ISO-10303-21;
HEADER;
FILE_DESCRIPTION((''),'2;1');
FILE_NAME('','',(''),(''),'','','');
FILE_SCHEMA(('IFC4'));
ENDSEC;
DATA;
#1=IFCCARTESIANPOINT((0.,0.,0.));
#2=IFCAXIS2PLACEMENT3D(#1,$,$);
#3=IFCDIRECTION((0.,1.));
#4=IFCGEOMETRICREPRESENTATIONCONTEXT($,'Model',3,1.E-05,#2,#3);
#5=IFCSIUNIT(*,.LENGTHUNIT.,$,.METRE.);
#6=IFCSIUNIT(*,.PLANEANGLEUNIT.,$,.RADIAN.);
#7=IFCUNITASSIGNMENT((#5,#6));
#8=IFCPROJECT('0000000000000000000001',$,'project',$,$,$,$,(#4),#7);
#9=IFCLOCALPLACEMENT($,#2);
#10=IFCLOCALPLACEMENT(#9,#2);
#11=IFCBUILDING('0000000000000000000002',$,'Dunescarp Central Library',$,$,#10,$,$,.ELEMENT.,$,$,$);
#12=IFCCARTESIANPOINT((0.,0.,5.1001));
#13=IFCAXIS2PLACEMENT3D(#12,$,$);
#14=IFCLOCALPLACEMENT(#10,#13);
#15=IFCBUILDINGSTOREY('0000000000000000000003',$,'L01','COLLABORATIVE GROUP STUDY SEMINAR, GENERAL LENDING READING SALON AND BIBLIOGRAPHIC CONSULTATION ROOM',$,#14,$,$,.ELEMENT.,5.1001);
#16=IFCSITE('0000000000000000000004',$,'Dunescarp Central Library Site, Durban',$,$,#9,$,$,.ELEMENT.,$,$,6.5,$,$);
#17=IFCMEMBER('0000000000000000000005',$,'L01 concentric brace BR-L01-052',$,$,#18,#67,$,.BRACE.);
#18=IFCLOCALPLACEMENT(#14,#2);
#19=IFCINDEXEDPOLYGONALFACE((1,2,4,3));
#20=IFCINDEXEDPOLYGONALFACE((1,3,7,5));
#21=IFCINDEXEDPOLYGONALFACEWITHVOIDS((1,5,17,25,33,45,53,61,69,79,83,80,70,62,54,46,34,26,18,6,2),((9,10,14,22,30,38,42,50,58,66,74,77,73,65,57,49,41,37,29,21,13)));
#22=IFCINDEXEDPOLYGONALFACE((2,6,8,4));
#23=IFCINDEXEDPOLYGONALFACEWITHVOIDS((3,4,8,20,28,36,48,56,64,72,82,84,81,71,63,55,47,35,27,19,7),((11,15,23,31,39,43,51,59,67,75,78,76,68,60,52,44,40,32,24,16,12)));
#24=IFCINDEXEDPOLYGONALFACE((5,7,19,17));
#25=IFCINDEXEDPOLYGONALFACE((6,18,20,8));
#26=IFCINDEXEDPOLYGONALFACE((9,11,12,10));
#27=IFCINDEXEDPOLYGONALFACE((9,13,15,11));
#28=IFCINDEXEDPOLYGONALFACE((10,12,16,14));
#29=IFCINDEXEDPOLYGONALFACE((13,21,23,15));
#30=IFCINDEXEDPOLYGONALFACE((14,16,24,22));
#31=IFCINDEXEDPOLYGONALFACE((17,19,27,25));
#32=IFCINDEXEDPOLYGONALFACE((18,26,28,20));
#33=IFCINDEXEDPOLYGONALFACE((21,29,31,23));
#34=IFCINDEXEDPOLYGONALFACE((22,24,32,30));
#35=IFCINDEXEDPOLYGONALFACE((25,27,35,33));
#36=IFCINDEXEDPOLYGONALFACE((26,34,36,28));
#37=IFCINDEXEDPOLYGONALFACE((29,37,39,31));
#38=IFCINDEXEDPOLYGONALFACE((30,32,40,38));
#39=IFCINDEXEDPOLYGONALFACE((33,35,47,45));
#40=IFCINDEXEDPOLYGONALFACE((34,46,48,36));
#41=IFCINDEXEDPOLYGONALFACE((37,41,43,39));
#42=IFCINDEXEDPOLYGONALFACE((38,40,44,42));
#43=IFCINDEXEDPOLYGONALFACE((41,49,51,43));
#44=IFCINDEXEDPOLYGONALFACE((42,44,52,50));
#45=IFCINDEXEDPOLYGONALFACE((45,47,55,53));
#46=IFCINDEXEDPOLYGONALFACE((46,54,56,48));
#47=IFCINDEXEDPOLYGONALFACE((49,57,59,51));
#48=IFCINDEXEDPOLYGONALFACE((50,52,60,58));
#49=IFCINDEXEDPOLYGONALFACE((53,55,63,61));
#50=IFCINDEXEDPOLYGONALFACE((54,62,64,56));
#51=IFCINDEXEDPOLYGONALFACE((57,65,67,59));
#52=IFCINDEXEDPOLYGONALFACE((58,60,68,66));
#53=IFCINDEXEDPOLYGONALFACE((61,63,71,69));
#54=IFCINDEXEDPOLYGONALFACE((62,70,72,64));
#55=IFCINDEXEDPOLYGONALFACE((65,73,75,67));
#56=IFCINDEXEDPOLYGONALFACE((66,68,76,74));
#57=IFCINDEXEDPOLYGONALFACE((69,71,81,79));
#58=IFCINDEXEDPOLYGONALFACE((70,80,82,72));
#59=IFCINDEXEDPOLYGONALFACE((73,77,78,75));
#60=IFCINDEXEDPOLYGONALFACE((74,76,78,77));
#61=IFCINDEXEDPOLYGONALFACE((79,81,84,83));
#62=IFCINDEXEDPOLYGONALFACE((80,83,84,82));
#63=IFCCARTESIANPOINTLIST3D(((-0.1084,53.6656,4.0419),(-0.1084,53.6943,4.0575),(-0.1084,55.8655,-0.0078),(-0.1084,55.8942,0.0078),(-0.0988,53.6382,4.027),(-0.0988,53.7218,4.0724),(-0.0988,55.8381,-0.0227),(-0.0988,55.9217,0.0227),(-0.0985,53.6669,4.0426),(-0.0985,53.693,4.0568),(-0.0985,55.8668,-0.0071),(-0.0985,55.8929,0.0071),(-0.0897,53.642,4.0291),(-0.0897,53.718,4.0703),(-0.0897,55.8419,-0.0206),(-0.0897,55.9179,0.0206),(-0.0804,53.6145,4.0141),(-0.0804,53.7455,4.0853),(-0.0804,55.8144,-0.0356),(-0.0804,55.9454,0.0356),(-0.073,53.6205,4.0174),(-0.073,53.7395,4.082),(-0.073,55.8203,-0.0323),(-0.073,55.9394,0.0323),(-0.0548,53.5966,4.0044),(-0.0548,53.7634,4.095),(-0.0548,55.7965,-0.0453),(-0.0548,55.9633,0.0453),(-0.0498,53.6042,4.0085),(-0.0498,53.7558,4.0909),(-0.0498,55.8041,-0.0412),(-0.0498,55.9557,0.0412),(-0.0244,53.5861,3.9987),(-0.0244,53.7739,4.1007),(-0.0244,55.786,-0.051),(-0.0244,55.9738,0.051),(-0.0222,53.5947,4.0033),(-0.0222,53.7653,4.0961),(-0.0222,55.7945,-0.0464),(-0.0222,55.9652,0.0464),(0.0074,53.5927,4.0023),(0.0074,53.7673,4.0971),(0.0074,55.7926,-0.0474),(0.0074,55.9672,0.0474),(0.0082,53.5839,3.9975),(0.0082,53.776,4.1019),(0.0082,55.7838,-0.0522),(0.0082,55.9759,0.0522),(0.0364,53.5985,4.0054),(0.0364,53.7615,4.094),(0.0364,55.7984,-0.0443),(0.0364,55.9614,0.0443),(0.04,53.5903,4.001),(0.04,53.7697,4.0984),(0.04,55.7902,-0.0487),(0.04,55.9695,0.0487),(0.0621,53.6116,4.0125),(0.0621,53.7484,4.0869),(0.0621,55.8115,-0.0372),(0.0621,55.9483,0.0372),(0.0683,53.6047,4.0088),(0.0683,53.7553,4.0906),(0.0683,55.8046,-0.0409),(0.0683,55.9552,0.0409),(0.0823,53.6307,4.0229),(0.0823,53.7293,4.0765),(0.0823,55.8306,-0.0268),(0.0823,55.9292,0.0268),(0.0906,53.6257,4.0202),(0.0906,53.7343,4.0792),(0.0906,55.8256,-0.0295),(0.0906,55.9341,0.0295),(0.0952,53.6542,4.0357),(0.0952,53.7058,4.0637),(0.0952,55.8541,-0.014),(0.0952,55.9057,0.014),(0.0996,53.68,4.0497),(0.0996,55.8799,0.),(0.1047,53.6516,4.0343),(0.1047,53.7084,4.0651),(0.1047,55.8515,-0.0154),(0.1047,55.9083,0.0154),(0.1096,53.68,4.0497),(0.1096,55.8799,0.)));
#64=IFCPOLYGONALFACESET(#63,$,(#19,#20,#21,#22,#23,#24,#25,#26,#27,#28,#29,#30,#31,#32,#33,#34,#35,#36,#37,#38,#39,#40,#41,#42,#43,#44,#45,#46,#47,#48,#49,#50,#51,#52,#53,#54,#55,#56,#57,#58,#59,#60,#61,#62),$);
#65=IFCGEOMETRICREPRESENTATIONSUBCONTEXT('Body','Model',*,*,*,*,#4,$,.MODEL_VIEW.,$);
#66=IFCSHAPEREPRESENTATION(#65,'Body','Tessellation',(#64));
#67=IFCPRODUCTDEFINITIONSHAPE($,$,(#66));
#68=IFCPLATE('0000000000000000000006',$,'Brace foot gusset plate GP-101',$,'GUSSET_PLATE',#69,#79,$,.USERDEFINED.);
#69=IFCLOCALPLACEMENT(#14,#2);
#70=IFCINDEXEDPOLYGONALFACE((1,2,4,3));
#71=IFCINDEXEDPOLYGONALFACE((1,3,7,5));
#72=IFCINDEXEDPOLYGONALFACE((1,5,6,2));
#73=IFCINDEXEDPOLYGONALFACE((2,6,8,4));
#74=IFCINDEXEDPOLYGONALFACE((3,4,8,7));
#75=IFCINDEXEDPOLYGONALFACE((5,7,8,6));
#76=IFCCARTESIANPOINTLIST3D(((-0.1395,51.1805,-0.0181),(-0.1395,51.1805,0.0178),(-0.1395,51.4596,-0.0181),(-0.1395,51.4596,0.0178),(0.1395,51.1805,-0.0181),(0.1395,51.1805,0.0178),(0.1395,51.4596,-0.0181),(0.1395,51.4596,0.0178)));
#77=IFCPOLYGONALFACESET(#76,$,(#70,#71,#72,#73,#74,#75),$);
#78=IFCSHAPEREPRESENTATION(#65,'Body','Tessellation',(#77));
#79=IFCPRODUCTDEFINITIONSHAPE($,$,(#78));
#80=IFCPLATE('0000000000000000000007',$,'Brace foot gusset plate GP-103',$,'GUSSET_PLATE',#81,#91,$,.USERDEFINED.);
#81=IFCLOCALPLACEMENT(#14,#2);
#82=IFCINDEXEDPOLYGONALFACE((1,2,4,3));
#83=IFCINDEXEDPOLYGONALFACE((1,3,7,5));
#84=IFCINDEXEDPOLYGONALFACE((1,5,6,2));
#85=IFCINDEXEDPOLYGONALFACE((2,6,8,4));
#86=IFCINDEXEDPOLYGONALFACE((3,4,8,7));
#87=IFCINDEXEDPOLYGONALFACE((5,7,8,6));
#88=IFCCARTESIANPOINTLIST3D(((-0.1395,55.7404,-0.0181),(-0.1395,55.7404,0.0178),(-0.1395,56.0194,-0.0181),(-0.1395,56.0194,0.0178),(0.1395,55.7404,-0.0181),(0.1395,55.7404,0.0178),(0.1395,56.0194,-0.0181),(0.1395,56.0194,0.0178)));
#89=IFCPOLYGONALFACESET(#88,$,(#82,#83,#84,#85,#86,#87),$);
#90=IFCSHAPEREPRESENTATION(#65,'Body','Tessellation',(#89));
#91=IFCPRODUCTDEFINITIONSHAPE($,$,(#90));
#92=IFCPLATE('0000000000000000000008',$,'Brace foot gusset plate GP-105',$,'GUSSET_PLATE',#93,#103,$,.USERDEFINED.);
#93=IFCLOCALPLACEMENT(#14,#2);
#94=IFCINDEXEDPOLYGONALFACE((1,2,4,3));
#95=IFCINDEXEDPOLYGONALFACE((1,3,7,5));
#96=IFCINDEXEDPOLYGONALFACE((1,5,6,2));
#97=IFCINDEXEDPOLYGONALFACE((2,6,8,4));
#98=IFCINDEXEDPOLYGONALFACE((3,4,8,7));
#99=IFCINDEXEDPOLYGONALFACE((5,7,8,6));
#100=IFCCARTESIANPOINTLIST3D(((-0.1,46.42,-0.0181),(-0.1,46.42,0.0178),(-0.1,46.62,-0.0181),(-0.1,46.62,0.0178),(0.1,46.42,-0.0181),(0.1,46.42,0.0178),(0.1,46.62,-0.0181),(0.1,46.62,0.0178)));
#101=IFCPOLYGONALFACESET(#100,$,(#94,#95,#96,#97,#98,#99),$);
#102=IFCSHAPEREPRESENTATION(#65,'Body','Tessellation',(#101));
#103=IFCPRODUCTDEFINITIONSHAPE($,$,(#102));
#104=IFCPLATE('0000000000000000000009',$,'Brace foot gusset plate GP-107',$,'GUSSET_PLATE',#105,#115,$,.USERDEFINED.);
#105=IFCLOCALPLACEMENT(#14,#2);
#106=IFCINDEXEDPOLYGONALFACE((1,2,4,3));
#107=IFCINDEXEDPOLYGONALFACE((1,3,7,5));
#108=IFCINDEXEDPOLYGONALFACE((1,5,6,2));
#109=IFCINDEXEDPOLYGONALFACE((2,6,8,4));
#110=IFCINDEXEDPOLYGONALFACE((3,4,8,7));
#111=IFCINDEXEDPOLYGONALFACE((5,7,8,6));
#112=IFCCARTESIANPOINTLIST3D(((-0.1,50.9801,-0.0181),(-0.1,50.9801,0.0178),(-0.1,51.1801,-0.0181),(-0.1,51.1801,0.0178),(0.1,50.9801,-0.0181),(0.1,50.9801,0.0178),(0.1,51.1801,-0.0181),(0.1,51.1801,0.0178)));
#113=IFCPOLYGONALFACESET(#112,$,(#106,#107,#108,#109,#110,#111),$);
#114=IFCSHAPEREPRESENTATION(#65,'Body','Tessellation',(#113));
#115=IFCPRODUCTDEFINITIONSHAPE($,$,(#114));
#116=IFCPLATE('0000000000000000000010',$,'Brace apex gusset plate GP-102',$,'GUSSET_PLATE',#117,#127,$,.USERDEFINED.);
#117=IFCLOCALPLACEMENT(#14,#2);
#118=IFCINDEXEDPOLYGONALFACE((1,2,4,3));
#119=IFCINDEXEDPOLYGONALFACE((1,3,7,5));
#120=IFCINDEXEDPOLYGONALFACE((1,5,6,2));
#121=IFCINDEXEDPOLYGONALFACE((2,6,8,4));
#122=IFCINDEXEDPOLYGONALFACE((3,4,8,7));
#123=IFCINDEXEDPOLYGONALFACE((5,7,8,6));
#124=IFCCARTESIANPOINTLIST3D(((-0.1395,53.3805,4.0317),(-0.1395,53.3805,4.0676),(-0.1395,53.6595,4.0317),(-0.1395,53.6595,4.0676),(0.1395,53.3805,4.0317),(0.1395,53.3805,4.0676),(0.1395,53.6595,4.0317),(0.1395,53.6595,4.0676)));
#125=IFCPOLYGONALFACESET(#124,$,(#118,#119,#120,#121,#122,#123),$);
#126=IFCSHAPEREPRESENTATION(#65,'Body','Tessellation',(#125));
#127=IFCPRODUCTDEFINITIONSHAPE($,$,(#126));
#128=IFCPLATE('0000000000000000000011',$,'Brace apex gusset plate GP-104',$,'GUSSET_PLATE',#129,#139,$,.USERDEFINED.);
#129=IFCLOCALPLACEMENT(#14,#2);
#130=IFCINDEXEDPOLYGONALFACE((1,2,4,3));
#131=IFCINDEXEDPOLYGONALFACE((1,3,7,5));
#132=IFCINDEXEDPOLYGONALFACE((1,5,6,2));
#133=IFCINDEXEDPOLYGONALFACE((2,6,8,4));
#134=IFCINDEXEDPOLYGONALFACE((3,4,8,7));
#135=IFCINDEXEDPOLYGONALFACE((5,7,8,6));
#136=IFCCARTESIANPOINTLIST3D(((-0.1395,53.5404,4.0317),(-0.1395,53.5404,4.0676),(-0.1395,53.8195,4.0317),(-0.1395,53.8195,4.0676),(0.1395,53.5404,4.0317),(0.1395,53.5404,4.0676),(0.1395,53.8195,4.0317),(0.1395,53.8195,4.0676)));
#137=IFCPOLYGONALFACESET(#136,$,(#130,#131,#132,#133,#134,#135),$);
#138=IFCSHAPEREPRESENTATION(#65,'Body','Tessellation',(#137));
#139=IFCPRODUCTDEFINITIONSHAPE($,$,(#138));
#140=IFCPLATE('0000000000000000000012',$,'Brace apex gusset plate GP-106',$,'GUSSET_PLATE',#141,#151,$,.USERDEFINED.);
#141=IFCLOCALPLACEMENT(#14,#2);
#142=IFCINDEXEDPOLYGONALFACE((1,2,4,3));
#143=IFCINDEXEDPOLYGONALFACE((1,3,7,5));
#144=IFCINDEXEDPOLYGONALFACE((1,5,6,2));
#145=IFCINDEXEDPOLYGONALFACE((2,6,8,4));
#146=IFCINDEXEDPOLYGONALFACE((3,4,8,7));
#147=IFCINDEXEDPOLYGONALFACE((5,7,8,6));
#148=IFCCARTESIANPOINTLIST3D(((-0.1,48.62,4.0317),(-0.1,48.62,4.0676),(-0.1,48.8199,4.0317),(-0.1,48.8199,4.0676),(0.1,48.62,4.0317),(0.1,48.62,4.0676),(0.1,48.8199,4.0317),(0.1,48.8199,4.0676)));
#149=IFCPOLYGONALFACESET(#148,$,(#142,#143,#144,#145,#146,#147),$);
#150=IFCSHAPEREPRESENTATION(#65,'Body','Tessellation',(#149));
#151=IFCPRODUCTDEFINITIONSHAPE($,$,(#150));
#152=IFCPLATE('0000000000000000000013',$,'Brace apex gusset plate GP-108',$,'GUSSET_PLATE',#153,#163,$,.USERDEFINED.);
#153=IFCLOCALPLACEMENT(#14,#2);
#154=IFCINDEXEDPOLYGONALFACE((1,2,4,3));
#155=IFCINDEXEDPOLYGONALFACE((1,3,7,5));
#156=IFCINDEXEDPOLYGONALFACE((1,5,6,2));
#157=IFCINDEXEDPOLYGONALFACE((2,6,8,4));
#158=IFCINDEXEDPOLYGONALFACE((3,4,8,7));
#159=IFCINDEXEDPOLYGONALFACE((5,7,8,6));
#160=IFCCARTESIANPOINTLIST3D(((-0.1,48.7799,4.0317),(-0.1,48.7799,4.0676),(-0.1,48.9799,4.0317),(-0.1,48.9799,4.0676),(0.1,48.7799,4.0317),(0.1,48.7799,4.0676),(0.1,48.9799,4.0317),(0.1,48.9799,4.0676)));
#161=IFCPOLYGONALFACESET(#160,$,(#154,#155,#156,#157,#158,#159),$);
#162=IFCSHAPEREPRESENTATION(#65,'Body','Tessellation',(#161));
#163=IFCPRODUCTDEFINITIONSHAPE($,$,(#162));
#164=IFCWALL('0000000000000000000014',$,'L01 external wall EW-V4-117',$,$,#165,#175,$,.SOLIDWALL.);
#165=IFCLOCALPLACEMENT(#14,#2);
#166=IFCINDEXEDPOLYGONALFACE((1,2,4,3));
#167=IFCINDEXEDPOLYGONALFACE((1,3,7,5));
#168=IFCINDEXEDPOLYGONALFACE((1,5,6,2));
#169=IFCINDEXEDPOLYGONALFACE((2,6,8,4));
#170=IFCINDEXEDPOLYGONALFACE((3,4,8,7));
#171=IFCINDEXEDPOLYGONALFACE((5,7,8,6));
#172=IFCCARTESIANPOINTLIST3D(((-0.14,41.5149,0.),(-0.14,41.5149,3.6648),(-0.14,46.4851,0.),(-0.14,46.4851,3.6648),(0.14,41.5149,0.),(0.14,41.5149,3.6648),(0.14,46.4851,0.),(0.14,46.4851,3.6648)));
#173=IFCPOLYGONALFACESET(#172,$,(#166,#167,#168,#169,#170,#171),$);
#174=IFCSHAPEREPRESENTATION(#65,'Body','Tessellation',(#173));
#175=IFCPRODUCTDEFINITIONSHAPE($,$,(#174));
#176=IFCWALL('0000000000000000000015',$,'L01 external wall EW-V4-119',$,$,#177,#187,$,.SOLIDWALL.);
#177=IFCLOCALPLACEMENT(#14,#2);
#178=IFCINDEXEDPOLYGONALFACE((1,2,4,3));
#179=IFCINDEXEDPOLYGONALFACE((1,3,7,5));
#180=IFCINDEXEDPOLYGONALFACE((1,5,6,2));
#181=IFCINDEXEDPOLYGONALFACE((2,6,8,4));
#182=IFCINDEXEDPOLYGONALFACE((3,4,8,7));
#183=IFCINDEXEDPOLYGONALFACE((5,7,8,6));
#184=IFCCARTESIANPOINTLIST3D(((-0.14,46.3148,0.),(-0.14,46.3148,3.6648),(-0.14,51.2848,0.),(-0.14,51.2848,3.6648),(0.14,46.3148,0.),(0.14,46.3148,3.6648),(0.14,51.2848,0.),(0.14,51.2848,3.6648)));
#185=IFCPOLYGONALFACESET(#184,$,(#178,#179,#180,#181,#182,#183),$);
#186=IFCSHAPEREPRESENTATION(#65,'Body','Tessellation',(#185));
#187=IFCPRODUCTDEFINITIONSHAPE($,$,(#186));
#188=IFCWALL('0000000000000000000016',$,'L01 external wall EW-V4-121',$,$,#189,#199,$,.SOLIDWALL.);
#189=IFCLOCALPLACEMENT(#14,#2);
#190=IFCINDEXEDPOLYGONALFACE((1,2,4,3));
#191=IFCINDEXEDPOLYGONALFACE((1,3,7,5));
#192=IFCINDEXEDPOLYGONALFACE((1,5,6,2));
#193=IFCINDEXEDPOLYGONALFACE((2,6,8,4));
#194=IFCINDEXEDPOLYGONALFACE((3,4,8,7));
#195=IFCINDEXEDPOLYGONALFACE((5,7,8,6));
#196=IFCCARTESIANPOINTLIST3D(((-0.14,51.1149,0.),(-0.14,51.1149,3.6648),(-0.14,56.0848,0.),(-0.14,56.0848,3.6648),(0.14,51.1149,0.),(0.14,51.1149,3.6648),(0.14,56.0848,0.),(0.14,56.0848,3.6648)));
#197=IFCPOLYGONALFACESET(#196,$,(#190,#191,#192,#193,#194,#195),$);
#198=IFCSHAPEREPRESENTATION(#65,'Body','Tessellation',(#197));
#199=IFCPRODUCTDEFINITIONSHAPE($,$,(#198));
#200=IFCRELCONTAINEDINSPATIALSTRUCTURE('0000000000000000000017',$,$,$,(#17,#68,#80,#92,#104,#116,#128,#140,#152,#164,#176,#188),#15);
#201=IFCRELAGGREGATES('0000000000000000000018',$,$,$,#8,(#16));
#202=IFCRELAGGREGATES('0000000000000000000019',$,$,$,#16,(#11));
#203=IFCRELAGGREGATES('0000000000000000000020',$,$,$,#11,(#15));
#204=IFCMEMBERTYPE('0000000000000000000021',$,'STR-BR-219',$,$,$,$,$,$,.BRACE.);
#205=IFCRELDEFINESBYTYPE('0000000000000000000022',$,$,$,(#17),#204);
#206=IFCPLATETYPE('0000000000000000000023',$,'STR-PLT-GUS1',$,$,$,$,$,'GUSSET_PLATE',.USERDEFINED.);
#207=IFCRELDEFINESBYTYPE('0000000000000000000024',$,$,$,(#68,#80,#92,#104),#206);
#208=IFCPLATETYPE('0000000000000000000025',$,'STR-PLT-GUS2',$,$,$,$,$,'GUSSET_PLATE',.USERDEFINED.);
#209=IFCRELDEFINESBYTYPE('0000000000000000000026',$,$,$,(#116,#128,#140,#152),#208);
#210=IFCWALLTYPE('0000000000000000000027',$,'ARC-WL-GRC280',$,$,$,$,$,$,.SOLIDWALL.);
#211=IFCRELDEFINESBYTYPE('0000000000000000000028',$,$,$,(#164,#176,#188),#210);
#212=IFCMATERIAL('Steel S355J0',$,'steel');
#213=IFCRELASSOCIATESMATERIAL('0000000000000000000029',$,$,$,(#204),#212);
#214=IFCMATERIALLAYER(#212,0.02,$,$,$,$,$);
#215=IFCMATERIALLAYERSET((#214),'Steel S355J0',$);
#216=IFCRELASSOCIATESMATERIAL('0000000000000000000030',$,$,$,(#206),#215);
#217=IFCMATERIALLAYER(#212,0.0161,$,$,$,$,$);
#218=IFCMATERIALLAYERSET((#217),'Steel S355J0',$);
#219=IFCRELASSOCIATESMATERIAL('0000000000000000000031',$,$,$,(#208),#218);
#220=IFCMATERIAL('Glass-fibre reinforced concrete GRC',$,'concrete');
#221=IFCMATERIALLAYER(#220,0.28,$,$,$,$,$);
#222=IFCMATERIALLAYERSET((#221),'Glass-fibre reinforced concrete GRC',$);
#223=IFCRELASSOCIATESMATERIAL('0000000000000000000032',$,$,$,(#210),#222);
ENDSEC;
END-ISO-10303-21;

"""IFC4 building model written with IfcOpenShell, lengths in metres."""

from ifc_helpers import new_model, si_unit, direction, frame, frame_2d, origin, origin_2d, place, context, subcontext, project, spatial, rectangle, hollow_circle, extrude, material, layer, layer_set, material_profile, profile_set, type_object, element, save


model = new_model("IFC4")

# Units and contexts
model_context = context("Model", 3, precision=1e-05, world=origin(), true_north=direction((0.0, 1.0)))
body_context = subcontext(model_context, "Body", "Model", "MODEL_VIEW")
ifc_project = project(units=[si_unit("LENGTHUNIT", "METRE"), si_unit("PLANEANGLEUNIT", "RADIAN")], contexts=[model_context])

# Site, building, storey
site_placement = place(None, origin())
site = spatial("IfcSite", under=ifc_project, at=site_placement, Name="Dunescarp Central Library Site, Durban", CompositionType="ELEMENT", RefElevation=6.5)
building_placement = place(site_placement, origin())
building = spatial("IfcBuilding", under=site, at=building_placement, Name="Dunescarp Central Library", CompositionType="ELEMENT")
storey_placement = place(building_placement, frame((0.0, 0.0, 5.1001)))
storey = spatial("IfcBuildingStorey", under=building, at=storey_placement, Name="L01", Description="COLLABORATIVE GROUP STUDY SEMINAR, GENERAL LENDING READING SALON AND BIBLIOGRAPHIC CONSULTATION ROOM", CompositionType="ELEMENT", Elevation=5.1001)

# Member
ifc_material_1 = material(Name="Steel S355J0", Category="steel")
ifc_material_profile_1 = material_profile(ifc_material_1, hollow_circle(Radius=0.1096, WallThickness=0.01, at=origin_2d()), Name="CHS 219.1x10")
ifc_profile_set_1 = profile_set([ifc_material_profile_1], Name="Steel S355J0")
member_type_1 = type_object("IfcMemberType", Name="STR-BR-219", PredefinedType="BRACE", material=ifc_profile_set_1)
for number, where, z_axis, x_axis, name in (
    (1, (0.0, 55.8799, 0.0), (0.0, -0.477341, 0.878718), (1.0, 0.0, 0.0), "L01 concentric brace BR-L01-052"),
):
    element("IfcMember", number, at=place(storey_placement, frame(where, z_axis=z_axis, x_axis=x_axis)), inside=storey, type_object=member_type_1, Name=name, PredefinedType="BRACE", context=body_context, shape_type="SweptSolid", body=[
        extrude(hollow_circle(Radius=0.1096, WallThickness=0.01, at=origin_2d()), origin(), (0.0, 0.0, 1.0), 4.6086),
    ])

# Plates
ifc_layer_1 = layer(ifc_material_1, 0.02)
ifc_layer_set_1 = layer_set([ifc_layer_1], Name="Steel S355J0")
plate_type_1 = type_object("IfcPlateType", Name="STR-PLT-GUS1", ElementType="GUSSET_PLATE", PredefinedType="USERDEFINED", material=ifc_layer_set_1)
for number, where, z_axis, x_axis, name in (
    (2, (0.0, 51.3201, -0.0181), (0.0, 0.0, 1.0), (1.0, 0.0, 0.0), "Brace foot gusset plate GP-101"),
    (3, (0.0, 55.8799, -0.0181), (0.0, 0.0, 1.0), (1.0, 0.0, 0.0), "Brace foot gusset plate GP-103"),
):
    element("IfcPlate", number, at=place(storey_placement, frame(where, z_axis=z_axis, x_axis=x_axis)), inside=storey, type_object=plate_type_1, Name=name, ObjectType="GUSSET_PLATE", PredefinedType="USERDEFINED", context=body_context, shape_type="SweptSolid", body=[
        extrude(rectangle(XDim=0.2791, YDim=0.2791, at=origin_2d()), origin(), (0.0, 0.0, 1.0), 0.0359),
    ])
for number, where, z_axis, x_axis, name in (
    (4, (0.0, 46.52, -0.0181), (0.0, 0.0, 1.0), (1.0, 0.0, 0.0), "Brace foot gusset plate GP-105"),
    (5, (0.0, 51.0801, -0.0181), (0.0, 0.0, 1.0), (1.0, 0.0, 0.0), "Brace foot gusset plate GP-107"),
):
    element("IfcPlate", number, at=place(storey_placement, frame(where, z_axis=z_axis, x_axis=x_axis)), inside=storey, type_object=plate_type_1, Name=name, ObjectType="GUSSET_PLATE", PredefinedType="USERDEFINED", context=body_context, shape_type="SweptSolid", body=[
        extrude(rectangle(XDim=0.2, YDim=0.2, at=origin_2d()), origin(), (0.0, 0.0, 1.0), 0.0359),
    ])
ifc_layer_2 = layer(ifc_material_1, 0.0161)
ifc_layer_set_2 = layer_set([ifc_layer_2], Name="Steel S355J0")
plate_type_2 = type_object("IfcPlateType", Name="STR-PLT-GUS2", ElementType="GUSSET_PLATE", PredefinedType="USERDEFINED", material=ifc_layer_set_2)
for number, where, z_axis, x_axis, name in (
    (6, (0.0, 53.52, 4.0317), (0.0, 0.0, 1.0), (1.0, 0.0, 0.0), "Brace apex gusset plate GP-102"),
    (7, (0.0, 53.6799, 4.0317), (0.0, 0.0, 1.0), (1.0, 0.0, 0.0), "Brace apex gusset plate GP-104"),
):
    element("IfcPlate", number, at=place(storey_placement, frame(where, z_axis=z_axis, x_axis=x_axis)), inside=storey, type_object=plate_type_2, Name=name, ObjectType="GUSSET_PLATE", PredefinedType="USERDEFINED", context=body_context, shape_type="SweptSolid", body=[
        extrude(rectangle(XDim=0.2791, YDim=0.2791, at=origin_2d()), origin(), (0.0, 0.0, 1.0), 0.0359),
    ])
for number, where, z_axis, x_axis, name in (
    (8, (0.0, 48.72, 4.0317), (0.0, 0.0, 1.0), (1.0, 0.0, 0.0), "Brace apex gusset plate GP-106"),
    (9, (0.0, 48.8799, 4.0317), (0.0, 0.0, 1.0), (1.0, 0.0, 0.0), "Brace apex gusset plate GP-108"),
):
    element("IfcPlate", number, at=place(storey_placement, frame(where, z_axis=z_axis, x_axis=x_axis)), inside=storey, type_object=plate_type_2, Name=name, ObjectType="GUSSET_PLATE", PredefinedType="USERDEFINED", context=body_context, shape_type="SweptSolid", body=[
        extrude(rectangle(XDim=0.2, YDim=0.2, at=origin_2d()), origin(), (0.0, 0.0, 1.0), 0.0359),
    ])

# Walls
ifc_material_2 = material(Name="Glass-fibre reinforced concrete GRC", Category="concrete")
ifc_layer_3 = layer(ifc_material_2, 0.28)
ifc_layer_set_3 = layer_set([ifc_layer_3], Name="Glass-fibre reinforced concrete GRC")
wall_type = type_object("IfcWallType", Name="ARC-WL-GRC280", PredefinedType="SOLIDWALL", material=ifc_layer_set_3)
wall_placement = place(storey_placement, frame((0.0, 41.5149, 0.0), z_axis=(0.0, 0.0, 1.0), x_axis=(0.0, 1.0, 0.0)))
element("IfcWall", 10, at=wall_placement, inside=storey, type_object=wall_type, Name="L01 external wall EW-V4-117", PredefinedType="SOLIDWALL", context=body_context, shape_type="SweptSolid", body=[
    extrude(rectangle(XDim=4.9702, YDim=0.28, at=frame_2d((2.4851, 0.0))), origin(), (0.0, 0.0, 1.0), 3.6648),
])
for number, where, z_axis, x_axis, name in (
    (11, (0.0, 46.3149, 0.0), (0.0, 0.0, 1.0), (0.0, 1.0, 0.0), "L01 external wall EW-V4-119"),
    (12, (0.0, 51.115, 0.0), (0.0, 0.0, 1.0), (0.0, 1.0, 0.0), "L01 external wall EW-V4-121"),
):
    element("IfcWall", number, at=place(storey_placement, frame(where, z_axis=z_axis, x_axis=x_axis)), inside=storey, type_object=wall_type, Name=name, PredefinedType="SOLIDWALL", context=body_context, shape_type="SweptSolid", body=[
        extrude(rectangle(XDim=4.97, YDim=0.28, at=frame_2d((2.4849, 0.0))), origin(), (0.0, 0.0, 1.0), 3.6648),
    ])

save(model, "model.ifc")
